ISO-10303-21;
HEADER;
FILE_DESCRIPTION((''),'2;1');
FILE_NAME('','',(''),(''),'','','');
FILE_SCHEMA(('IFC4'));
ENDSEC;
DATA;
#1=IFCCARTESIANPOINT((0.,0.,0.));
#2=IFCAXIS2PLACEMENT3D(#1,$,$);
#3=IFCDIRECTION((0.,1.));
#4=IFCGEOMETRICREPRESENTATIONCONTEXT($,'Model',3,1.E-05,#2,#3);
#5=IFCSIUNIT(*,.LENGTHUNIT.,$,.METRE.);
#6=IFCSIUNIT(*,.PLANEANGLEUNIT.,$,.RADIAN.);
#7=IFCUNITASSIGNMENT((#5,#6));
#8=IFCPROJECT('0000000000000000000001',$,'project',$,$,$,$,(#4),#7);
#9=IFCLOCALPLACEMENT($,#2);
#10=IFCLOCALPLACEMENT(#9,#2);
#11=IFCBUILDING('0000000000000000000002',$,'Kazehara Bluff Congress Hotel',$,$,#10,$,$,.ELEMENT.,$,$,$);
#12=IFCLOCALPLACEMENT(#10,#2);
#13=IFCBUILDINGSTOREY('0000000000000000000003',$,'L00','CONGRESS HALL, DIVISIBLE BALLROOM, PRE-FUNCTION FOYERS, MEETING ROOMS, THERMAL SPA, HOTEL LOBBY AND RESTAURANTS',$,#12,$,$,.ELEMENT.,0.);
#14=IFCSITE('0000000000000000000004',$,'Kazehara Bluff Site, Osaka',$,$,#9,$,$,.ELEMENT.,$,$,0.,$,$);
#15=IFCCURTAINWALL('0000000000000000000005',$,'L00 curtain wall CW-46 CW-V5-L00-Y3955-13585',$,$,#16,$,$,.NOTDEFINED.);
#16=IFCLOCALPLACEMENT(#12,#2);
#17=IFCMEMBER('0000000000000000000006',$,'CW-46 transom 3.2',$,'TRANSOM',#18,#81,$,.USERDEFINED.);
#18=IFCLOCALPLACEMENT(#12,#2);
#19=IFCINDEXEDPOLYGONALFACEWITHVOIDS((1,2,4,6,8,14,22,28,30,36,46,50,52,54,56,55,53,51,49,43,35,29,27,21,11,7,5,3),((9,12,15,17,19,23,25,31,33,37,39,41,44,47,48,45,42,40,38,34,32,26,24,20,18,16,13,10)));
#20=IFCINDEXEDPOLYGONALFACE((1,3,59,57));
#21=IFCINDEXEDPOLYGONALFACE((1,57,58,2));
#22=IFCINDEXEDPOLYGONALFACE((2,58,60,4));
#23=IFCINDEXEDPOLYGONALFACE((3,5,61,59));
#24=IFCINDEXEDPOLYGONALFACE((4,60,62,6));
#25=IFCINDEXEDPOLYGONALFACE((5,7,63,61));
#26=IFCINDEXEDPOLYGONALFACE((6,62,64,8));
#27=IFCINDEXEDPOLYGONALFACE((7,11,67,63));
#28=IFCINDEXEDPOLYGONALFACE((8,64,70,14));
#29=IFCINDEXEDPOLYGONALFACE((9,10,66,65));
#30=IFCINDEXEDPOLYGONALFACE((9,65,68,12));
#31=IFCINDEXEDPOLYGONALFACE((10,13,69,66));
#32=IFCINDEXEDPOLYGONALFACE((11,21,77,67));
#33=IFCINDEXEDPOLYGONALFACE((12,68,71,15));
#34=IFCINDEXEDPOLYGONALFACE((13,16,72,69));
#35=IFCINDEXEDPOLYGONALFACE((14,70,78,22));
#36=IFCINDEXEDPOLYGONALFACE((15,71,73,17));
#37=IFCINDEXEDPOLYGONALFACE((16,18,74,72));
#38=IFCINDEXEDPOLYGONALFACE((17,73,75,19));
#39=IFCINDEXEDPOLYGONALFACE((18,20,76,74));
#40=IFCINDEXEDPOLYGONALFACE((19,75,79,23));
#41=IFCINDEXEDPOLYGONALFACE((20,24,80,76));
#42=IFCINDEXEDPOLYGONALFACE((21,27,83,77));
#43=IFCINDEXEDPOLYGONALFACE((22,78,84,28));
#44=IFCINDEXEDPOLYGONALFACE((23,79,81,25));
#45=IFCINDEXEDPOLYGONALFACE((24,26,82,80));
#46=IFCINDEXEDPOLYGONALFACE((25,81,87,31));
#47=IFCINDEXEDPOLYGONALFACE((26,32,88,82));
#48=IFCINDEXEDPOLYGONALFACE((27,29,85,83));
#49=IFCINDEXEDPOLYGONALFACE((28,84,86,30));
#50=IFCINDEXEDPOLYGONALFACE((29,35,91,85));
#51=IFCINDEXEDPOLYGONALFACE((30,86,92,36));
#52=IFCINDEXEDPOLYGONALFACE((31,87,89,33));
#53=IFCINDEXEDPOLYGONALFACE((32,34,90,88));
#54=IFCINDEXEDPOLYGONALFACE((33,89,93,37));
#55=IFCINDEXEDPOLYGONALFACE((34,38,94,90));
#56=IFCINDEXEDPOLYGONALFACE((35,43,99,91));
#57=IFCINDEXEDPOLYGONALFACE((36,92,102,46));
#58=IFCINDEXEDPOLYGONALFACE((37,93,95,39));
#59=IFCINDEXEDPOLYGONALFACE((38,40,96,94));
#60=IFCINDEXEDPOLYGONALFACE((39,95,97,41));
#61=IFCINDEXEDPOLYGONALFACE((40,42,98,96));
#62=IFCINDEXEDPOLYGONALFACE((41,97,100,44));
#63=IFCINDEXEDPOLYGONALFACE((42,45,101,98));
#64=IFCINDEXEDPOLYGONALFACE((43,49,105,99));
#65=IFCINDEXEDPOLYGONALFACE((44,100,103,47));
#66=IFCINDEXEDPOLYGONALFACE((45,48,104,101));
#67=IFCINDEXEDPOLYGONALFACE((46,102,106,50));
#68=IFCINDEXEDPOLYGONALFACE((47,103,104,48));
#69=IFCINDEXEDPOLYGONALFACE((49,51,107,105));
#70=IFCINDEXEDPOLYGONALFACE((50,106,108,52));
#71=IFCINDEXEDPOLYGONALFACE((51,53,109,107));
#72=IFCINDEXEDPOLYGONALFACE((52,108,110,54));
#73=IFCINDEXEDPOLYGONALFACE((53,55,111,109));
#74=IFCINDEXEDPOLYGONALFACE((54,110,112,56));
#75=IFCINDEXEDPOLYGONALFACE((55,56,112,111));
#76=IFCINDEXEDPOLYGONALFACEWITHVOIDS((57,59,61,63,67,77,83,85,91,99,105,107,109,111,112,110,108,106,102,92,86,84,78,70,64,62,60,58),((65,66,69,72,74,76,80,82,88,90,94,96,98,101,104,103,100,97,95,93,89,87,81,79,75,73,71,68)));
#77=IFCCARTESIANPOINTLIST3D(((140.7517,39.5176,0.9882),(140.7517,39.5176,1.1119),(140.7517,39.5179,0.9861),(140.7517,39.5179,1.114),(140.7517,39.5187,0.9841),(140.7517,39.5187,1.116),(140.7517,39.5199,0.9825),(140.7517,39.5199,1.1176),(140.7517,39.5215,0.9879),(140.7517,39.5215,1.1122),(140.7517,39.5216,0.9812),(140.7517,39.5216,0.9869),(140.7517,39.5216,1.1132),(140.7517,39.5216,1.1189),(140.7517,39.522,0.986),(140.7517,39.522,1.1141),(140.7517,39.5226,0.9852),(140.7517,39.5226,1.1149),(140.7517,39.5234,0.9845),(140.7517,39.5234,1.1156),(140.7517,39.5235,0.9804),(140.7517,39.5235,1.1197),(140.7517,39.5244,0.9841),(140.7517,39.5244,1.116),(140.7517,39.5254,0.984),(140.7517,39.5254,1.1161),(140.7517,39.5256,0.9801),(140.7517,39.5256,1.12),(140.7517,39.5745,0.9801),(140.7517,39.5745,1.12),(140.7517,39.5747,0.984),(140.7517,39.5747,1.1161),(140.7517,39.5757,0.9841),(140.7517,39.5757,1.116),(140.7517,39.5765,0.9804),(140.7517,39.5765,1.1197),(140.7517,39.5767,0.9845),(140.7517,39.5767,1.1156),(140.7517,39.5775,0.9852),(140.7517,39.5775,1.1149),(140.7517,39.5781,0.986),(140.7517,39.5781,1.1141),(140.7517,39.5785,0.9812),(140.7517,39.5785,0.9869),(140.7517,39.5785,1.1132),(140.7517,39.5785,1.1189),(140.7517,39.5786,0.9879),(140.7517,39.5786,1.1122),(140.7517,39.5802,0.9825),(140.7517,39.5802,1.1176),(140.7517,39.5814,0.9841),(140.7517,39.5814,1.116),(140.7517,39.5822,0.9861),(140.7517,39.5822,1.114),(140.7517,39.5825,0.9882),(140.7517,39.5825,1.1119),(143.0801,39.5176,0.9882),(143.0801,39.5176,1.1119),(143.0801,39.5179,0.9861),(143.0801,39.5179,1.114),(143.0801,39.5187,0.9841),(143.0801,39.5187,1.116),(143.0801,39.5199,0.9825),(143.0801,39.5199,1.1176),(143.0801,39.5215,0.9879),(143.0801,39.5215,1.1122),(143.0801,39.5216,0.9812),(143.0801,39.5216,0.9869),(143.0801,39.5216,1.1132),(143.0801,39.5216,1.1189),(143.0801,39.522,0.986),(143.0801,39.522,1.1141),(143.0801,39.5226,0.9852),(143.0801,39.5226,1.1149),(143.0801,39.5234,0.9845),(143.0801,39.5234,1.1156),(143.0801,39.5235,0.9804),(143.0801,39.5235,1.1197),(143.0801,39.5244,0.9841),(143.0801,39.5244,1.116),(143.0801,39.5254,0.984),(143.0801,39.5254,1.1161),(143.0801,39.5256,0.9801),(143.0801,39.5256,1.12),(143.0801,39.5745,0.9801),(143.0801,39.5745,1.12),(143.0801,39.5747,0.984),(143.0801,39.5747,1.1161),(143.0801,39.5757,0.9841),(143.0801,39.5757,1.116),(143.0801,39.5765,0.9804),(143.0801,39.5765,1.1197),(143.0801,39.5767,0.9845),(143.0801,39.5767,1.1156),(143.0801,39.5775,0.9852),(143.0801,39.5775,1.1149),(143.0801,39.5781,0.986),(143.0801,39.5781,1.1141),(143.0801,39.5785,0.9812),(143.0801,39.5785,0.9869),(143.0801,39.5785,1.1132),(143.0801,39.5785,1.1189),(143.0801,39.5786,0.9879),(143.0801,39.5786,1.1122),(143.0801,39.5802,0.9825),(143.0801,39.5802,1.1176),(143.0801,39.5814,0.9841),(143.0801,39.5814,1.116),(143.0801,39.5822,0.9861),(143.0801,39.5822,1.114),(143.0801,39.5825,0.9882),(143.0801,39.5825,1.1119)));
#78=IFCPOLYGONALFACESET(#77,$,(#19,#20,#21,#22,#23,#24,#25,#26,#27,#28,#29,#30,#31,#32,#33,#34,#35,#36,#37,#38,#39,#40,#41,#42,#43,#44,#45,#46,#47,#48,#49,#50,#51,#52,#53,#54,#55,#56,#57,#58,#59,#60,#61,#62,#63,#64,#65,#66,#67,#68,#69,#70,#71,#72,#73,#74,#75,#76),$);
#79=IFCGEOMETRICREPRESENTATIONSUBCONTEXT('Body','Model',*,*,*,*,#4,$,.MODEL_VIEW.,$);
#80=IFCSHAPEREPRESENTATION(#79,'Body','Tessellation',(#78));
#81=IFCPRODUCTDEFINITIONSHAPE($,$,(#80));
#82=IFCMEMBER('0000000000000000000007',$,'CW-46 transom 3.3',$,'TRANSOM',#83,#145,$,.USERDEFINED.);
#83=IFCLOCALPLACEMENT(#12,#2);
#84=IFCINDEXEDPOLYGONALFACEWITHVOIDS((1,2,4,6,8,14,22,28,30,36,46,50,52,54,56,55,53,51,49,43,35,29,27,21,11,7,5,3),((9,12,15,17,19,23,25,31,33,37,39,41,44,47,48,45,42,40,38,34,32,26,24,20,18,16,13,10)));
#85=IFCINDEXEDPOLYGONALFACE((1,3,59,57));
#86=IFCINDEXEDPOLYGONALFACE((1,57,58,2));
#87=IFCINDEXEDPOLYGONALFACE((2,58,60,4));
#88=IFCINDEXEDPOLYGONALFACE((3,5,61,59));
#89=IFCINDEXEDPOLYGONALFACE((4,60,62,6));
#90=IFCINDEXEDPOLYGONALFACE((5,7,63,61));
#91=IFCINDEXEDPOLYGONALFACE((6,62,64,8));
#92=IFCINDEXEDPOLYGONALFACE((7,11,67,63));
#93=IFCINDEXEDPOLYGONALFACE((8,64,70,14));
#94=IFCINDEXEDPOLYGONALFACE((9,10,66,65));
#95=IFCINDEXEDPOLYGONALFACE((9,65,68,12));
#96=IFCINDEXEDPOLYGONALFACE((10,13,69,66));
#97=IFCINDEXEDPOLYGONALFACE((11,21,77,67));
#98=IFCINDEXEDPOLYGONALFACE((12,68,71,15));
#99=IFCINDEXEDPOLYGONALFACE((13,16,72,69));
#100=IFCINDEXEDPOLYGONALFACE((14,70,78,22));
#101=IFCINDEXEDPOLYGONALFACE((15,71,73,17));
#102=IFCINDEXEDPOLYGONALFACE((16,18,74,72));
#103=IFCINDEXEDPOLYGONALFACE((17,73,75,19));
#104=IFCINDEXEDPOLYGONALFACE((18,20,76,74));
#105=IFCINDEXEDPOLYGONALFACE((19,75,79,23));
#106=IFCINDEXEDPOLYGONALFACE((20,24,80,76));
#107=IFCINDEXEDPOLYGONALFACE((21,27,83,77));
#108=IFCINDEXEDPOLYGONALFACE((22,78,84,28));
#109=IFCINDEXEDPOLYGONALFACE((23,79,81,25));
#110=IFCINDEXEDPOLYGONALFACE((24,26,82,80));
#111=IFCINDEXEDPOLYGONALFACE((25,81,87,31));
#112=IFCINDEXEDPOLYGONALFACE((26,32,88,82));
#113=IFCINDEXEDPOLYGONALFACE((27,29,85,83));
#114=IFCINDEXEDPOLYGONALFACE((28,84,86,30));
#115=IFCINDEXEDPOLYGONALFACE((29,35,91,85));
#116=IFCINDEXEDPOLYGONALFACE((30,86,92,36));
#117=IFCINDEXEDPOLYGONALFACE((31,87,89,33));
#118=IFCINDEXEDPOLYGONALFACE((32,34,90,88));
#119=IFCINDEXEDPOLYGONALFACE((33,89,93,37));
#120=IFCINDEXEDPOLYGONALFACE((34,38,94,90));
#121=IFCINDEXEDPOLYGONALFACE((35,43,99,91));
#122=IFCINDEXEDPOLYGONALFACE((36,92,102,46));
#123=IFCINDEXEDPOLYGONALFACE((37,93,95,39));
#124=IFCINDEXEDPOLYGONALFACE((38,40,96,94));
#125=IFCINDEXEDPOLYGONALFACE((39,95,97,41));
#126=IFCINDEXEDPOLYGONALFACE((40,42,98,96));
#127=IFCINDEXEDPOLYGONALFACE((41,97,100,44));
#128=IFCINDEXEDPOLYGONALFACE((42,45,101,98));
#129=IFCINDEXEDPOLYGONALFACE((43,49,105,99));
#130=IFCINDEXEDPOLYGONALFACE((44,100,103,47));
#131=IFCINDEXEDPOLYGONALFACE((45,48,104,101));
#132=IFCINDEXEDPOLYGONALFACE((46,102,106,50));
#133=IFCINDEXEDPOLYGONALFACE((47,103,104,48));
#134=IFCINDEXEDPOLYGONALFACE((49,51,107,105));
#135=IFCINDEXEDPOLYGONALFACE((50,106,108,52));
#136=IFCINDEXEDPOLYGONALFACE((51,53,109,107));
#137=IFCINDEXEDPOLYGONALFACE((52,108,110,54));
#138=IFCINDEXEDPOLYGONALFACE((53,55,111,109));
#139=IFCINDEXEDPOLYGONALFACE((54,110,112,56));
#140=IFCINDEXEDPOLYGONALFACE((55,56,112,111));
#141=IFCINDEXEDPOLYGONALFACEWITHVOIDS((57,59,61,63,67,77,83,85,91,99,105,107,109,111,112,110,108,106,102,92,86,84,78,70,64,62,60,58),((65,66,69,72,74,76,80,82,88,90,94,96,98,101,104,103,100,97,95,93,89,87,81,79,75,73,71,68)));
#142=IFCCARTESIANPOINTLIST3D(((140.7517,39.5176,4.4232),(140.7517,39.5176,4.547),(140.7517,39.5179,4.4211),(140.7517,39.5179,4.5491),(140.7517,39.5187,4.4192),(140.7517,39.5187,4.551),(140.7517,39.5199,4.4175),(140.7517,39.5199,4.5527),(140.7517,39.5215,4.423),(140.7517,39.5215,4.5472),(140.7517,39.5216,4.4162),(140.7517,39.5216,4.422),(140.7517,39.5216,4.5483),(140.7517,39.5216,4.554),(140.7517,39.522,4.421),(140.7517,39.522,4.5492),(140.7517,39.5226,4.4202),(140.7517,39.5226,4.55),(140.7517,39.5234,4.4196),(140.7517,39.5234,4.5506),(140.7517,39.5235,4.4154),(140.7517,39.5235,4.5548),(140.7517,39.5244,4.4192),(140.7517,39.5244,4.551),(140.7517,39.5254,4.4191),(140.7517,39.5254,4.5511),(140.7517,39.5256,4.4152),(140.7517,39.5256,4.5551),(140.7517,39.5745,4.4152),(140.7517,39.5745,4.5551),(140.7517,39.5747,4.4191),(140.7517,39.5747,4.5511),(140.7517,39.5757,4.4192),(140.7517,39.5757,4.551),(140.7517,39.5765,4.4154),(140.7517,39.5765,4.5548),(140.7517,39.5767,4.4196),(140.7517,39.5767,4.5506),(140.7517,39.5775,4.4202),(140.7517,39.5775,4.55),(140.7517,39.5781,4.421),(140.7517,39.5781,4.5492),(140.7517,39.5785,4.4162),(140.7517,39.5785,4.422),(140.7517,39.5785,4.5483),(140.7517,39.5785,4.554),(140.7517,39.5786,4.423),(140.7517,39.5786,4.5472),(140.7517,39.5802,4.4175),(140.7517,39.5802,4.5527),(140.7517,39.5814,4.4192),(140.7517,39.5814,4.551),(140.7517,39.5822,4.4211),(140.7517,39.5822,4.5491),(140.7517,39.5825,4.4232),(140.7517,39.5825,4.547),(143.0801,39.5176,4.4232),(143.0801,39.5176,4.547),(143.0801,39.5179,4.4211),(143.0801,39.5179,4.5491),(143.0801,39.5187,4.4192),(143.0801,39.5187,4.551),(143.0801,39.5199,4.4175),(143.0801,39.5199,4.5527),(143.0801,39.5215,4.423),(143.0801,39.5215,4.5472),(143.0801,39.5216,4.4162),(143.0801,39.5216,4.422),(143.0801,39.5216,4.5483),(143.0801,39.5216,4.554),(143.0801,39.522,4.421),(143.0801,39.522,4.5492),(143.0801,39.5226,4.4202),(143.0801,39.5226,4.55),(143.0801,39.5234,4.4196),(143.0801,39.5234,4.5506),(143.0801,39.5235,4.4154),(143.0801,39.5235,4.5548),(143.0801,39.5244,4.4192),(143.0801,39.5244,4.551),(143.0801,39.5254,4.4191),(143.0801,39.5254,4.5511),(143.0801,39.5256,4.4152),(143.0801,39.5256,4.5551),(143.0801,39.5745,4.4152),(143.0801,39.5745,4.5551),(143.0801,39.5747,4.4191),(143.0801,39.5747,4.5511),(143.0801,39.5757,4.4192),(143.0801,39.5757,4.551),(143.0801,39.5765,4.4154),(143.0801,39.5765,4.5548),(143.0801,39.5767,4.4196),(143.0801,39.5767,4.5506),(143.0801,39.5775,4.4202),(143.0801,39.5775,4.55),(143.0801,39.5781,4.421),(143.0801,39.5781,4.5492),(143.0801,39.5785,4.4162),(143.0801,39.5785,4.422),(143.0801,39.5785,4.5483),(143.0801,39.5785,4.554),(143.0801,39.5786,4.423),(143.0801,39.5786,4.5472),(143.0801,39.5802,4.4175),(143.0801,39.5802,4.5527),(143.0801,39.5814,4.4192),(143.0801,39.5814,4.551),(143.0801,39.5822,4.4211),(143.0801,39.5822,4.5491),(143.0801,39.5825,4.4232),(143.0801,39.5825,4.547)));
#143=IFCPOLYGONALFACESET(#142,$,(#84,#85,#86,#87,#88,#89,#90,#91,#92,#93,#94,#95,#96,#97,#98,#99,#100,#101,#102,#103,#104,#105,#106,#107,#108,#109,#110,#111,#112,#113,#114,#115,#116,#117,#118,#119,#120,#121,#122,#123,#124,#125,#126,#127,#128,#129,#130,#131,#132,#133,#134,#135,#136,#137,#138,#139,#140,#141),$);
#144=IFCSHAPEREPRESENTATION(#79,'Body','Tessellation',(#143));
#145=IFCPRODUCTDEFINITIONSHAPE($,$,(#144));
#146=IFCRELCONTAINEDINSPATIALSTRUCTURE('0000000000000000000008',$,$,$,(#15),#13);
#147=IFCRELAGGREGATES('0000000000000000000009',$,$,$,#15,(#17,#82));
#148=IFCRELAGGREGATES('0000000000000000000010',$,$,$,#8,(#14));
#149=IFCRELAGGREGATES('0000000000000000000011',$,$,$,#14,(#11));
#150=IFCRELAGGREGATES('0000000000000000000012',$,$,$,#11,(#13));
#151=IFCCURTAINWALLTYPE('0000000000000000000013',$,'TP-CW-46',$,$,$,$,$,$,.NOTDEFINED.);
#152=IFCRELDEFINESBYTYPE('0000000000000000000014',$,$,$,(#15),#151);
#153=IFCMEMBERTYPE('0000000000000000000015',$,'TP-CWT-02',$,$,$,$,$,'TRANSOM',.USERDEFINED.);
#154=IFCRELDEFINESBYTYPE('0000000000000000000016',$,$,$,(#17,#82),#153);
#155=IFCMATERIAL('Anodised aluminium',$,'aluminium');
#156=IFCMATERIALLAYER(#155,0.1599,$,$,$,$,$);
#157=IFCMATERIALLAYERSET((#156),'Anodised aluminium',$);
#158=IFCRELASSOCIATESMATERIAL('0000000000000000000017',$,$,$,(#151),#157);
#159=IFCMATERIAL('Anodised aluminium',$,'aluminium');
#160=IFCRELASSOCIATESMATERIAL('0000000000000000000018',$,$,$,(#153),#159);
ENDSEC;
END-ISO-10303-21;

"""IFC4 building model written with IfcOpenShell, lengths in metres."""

from ifc_helpers import new_model, si_unit, direction, frame, origin, origin_2d, place, context, subcontext, project, spatial, hollow_rectangle, extrude, material, layer, layer_set, material_profile, profile_set, type_object, element, aggregate, save


model = new_model("IFC4")

# Units and contexts
model_context = context("Model", 3, precision=1e-05, world=origin(), true_north=direction((0.0, 1.0)))
body_context = subcontext(model_context, "Body", "Model", "MODEL_VIEW")
ifc_project = project(units=[si_unit("LENGTHUNIT", "METRE"), si_unit("PLANEANGLEUNIT", "RADIAN")], contexts=[model_context])

# Site, building, storey
site_placement = place(None, origin())
site = spatial("IfcSite", under=ifc_project, at=site_placement, Name="Kazehara Bluff Site, Osaka", CompositionType="ELEMENT", RefElevation=0.0)
building_placement = place(site_placement, origin())
building = spatial("IfcBuilding", under=site, at=building_placement, Name="Kazehara Bluff Congress Hotel", CompositionType="ELEMENT")
storey_placement = place(building_placement, origin())
storey = spatial("IfcBuildingStorey", under=building, at=storey_placement, Name="L00", Description="CONGRESS HALL, DIVISIBLE BALLROOM, PRE-FUNCTION FOYERS, MEETING ROOMS, THERMAL SPA, HOTEL LOBBY AND RESTAURANTS", CompositionType="ELEMENT", Elevation=0.0)

# Curtain wall, members
ifc_material_1 = material(Name="Anodised aluminium", Category="aluminium")
ifc_layer_1 = layer(ifc_material_1, 0.1599)
ifc_layer_set_1 = layer_set([ifc_layer_1], Name="Anodised aluminium")
curtain_wall_type = type_object("IfcCurtainWallType", Name="TP-CW-46", PredefinedType="NOTDEFINED", material=ifc_layer_set_1)
curtain_wall_placement = place(storey_placement, origin())
curtain_wall = element("IfcCurtainWall", 1, at=curtain_wall_placement, inside=storey, type_object=curtain_wall_type, Name="L00 curtain wall CW-46 CW-V5-L00-Y3955-13585", PredefinedType="NOTDEFINED")
ifc_material_2 = material(Name="Anodised aluminium", Category="aluminium")
ifc_material_profile_1 = material_profile(ifc_material_2, hollow_rectangle(XDim=0.0649, YDim=0.1399, WallThickness=0.0039, InnerFilletRadius=0.0039, OuterFilletRadius=0.0081, at=origin_2d()))
ifc_profile_set_1 = profile_set([ifc_material_profile_1], Name="Anodised aluminium")
member_type_1 = type_object("IfcMemberType", Name="TP-CWT-02", ElementType="TRANSOM", PredefinedType="USERDEFINED", material=ifc_profile_set_1)
member_1_placement = place(storey_placement, frame((140.7517, 39.55, 1.05), z_axis=(1.0, 0.0, 0.0), x_axis=(0.0, 1.0, 0.0)))
member_1 = element("IfcMember", 2, at=member_1_placement, type_object=member_type_1, Name="CW-46 transom 3.2", ObjectType="TRANSOM", PredefinedType="USERDEFINED", context=body_context, shape_type="SweptSolid", body=[
    extrude(hollow_rectangle(XDim=0.0649, YDim=0.1399, WallThickness=0.0039, InnerFilletRadius=0.0039, OuterFilletRadius=0.0081, at=origin_2d()), origin(), (0.0, 0.0, 1.0), 2.3284),
])
member_2_placement = place(storey_placement, frame((140.7517, 39.55, 4.4851), z_axis=(1.0, 0.0, 0.0), x_axis=(0.0, 1.0, 0.0)))
member_2 = element("IfcMember", 3, at=member_2_placement, type_object=member_type_1, Name="CW-46 transom 3.3", ObjectType="TRANSOM", PredefinedType="USERDEFINED", context=body_context, shape_type="SweptSolid", body=[
    extrude(hollow_rectangle(XDim=0.0649, YDim=0.1399, WallThickness=0.0039, InnerFilletRadius=0.0039, OuterFilletRadius=0.0081, at=origin_2d()), origin(), (0.0, 0.0, 1.0), 2.3284),
])

aggregate(curtain_wall, [member_1, member_2])

save(model, "model.ifc")
